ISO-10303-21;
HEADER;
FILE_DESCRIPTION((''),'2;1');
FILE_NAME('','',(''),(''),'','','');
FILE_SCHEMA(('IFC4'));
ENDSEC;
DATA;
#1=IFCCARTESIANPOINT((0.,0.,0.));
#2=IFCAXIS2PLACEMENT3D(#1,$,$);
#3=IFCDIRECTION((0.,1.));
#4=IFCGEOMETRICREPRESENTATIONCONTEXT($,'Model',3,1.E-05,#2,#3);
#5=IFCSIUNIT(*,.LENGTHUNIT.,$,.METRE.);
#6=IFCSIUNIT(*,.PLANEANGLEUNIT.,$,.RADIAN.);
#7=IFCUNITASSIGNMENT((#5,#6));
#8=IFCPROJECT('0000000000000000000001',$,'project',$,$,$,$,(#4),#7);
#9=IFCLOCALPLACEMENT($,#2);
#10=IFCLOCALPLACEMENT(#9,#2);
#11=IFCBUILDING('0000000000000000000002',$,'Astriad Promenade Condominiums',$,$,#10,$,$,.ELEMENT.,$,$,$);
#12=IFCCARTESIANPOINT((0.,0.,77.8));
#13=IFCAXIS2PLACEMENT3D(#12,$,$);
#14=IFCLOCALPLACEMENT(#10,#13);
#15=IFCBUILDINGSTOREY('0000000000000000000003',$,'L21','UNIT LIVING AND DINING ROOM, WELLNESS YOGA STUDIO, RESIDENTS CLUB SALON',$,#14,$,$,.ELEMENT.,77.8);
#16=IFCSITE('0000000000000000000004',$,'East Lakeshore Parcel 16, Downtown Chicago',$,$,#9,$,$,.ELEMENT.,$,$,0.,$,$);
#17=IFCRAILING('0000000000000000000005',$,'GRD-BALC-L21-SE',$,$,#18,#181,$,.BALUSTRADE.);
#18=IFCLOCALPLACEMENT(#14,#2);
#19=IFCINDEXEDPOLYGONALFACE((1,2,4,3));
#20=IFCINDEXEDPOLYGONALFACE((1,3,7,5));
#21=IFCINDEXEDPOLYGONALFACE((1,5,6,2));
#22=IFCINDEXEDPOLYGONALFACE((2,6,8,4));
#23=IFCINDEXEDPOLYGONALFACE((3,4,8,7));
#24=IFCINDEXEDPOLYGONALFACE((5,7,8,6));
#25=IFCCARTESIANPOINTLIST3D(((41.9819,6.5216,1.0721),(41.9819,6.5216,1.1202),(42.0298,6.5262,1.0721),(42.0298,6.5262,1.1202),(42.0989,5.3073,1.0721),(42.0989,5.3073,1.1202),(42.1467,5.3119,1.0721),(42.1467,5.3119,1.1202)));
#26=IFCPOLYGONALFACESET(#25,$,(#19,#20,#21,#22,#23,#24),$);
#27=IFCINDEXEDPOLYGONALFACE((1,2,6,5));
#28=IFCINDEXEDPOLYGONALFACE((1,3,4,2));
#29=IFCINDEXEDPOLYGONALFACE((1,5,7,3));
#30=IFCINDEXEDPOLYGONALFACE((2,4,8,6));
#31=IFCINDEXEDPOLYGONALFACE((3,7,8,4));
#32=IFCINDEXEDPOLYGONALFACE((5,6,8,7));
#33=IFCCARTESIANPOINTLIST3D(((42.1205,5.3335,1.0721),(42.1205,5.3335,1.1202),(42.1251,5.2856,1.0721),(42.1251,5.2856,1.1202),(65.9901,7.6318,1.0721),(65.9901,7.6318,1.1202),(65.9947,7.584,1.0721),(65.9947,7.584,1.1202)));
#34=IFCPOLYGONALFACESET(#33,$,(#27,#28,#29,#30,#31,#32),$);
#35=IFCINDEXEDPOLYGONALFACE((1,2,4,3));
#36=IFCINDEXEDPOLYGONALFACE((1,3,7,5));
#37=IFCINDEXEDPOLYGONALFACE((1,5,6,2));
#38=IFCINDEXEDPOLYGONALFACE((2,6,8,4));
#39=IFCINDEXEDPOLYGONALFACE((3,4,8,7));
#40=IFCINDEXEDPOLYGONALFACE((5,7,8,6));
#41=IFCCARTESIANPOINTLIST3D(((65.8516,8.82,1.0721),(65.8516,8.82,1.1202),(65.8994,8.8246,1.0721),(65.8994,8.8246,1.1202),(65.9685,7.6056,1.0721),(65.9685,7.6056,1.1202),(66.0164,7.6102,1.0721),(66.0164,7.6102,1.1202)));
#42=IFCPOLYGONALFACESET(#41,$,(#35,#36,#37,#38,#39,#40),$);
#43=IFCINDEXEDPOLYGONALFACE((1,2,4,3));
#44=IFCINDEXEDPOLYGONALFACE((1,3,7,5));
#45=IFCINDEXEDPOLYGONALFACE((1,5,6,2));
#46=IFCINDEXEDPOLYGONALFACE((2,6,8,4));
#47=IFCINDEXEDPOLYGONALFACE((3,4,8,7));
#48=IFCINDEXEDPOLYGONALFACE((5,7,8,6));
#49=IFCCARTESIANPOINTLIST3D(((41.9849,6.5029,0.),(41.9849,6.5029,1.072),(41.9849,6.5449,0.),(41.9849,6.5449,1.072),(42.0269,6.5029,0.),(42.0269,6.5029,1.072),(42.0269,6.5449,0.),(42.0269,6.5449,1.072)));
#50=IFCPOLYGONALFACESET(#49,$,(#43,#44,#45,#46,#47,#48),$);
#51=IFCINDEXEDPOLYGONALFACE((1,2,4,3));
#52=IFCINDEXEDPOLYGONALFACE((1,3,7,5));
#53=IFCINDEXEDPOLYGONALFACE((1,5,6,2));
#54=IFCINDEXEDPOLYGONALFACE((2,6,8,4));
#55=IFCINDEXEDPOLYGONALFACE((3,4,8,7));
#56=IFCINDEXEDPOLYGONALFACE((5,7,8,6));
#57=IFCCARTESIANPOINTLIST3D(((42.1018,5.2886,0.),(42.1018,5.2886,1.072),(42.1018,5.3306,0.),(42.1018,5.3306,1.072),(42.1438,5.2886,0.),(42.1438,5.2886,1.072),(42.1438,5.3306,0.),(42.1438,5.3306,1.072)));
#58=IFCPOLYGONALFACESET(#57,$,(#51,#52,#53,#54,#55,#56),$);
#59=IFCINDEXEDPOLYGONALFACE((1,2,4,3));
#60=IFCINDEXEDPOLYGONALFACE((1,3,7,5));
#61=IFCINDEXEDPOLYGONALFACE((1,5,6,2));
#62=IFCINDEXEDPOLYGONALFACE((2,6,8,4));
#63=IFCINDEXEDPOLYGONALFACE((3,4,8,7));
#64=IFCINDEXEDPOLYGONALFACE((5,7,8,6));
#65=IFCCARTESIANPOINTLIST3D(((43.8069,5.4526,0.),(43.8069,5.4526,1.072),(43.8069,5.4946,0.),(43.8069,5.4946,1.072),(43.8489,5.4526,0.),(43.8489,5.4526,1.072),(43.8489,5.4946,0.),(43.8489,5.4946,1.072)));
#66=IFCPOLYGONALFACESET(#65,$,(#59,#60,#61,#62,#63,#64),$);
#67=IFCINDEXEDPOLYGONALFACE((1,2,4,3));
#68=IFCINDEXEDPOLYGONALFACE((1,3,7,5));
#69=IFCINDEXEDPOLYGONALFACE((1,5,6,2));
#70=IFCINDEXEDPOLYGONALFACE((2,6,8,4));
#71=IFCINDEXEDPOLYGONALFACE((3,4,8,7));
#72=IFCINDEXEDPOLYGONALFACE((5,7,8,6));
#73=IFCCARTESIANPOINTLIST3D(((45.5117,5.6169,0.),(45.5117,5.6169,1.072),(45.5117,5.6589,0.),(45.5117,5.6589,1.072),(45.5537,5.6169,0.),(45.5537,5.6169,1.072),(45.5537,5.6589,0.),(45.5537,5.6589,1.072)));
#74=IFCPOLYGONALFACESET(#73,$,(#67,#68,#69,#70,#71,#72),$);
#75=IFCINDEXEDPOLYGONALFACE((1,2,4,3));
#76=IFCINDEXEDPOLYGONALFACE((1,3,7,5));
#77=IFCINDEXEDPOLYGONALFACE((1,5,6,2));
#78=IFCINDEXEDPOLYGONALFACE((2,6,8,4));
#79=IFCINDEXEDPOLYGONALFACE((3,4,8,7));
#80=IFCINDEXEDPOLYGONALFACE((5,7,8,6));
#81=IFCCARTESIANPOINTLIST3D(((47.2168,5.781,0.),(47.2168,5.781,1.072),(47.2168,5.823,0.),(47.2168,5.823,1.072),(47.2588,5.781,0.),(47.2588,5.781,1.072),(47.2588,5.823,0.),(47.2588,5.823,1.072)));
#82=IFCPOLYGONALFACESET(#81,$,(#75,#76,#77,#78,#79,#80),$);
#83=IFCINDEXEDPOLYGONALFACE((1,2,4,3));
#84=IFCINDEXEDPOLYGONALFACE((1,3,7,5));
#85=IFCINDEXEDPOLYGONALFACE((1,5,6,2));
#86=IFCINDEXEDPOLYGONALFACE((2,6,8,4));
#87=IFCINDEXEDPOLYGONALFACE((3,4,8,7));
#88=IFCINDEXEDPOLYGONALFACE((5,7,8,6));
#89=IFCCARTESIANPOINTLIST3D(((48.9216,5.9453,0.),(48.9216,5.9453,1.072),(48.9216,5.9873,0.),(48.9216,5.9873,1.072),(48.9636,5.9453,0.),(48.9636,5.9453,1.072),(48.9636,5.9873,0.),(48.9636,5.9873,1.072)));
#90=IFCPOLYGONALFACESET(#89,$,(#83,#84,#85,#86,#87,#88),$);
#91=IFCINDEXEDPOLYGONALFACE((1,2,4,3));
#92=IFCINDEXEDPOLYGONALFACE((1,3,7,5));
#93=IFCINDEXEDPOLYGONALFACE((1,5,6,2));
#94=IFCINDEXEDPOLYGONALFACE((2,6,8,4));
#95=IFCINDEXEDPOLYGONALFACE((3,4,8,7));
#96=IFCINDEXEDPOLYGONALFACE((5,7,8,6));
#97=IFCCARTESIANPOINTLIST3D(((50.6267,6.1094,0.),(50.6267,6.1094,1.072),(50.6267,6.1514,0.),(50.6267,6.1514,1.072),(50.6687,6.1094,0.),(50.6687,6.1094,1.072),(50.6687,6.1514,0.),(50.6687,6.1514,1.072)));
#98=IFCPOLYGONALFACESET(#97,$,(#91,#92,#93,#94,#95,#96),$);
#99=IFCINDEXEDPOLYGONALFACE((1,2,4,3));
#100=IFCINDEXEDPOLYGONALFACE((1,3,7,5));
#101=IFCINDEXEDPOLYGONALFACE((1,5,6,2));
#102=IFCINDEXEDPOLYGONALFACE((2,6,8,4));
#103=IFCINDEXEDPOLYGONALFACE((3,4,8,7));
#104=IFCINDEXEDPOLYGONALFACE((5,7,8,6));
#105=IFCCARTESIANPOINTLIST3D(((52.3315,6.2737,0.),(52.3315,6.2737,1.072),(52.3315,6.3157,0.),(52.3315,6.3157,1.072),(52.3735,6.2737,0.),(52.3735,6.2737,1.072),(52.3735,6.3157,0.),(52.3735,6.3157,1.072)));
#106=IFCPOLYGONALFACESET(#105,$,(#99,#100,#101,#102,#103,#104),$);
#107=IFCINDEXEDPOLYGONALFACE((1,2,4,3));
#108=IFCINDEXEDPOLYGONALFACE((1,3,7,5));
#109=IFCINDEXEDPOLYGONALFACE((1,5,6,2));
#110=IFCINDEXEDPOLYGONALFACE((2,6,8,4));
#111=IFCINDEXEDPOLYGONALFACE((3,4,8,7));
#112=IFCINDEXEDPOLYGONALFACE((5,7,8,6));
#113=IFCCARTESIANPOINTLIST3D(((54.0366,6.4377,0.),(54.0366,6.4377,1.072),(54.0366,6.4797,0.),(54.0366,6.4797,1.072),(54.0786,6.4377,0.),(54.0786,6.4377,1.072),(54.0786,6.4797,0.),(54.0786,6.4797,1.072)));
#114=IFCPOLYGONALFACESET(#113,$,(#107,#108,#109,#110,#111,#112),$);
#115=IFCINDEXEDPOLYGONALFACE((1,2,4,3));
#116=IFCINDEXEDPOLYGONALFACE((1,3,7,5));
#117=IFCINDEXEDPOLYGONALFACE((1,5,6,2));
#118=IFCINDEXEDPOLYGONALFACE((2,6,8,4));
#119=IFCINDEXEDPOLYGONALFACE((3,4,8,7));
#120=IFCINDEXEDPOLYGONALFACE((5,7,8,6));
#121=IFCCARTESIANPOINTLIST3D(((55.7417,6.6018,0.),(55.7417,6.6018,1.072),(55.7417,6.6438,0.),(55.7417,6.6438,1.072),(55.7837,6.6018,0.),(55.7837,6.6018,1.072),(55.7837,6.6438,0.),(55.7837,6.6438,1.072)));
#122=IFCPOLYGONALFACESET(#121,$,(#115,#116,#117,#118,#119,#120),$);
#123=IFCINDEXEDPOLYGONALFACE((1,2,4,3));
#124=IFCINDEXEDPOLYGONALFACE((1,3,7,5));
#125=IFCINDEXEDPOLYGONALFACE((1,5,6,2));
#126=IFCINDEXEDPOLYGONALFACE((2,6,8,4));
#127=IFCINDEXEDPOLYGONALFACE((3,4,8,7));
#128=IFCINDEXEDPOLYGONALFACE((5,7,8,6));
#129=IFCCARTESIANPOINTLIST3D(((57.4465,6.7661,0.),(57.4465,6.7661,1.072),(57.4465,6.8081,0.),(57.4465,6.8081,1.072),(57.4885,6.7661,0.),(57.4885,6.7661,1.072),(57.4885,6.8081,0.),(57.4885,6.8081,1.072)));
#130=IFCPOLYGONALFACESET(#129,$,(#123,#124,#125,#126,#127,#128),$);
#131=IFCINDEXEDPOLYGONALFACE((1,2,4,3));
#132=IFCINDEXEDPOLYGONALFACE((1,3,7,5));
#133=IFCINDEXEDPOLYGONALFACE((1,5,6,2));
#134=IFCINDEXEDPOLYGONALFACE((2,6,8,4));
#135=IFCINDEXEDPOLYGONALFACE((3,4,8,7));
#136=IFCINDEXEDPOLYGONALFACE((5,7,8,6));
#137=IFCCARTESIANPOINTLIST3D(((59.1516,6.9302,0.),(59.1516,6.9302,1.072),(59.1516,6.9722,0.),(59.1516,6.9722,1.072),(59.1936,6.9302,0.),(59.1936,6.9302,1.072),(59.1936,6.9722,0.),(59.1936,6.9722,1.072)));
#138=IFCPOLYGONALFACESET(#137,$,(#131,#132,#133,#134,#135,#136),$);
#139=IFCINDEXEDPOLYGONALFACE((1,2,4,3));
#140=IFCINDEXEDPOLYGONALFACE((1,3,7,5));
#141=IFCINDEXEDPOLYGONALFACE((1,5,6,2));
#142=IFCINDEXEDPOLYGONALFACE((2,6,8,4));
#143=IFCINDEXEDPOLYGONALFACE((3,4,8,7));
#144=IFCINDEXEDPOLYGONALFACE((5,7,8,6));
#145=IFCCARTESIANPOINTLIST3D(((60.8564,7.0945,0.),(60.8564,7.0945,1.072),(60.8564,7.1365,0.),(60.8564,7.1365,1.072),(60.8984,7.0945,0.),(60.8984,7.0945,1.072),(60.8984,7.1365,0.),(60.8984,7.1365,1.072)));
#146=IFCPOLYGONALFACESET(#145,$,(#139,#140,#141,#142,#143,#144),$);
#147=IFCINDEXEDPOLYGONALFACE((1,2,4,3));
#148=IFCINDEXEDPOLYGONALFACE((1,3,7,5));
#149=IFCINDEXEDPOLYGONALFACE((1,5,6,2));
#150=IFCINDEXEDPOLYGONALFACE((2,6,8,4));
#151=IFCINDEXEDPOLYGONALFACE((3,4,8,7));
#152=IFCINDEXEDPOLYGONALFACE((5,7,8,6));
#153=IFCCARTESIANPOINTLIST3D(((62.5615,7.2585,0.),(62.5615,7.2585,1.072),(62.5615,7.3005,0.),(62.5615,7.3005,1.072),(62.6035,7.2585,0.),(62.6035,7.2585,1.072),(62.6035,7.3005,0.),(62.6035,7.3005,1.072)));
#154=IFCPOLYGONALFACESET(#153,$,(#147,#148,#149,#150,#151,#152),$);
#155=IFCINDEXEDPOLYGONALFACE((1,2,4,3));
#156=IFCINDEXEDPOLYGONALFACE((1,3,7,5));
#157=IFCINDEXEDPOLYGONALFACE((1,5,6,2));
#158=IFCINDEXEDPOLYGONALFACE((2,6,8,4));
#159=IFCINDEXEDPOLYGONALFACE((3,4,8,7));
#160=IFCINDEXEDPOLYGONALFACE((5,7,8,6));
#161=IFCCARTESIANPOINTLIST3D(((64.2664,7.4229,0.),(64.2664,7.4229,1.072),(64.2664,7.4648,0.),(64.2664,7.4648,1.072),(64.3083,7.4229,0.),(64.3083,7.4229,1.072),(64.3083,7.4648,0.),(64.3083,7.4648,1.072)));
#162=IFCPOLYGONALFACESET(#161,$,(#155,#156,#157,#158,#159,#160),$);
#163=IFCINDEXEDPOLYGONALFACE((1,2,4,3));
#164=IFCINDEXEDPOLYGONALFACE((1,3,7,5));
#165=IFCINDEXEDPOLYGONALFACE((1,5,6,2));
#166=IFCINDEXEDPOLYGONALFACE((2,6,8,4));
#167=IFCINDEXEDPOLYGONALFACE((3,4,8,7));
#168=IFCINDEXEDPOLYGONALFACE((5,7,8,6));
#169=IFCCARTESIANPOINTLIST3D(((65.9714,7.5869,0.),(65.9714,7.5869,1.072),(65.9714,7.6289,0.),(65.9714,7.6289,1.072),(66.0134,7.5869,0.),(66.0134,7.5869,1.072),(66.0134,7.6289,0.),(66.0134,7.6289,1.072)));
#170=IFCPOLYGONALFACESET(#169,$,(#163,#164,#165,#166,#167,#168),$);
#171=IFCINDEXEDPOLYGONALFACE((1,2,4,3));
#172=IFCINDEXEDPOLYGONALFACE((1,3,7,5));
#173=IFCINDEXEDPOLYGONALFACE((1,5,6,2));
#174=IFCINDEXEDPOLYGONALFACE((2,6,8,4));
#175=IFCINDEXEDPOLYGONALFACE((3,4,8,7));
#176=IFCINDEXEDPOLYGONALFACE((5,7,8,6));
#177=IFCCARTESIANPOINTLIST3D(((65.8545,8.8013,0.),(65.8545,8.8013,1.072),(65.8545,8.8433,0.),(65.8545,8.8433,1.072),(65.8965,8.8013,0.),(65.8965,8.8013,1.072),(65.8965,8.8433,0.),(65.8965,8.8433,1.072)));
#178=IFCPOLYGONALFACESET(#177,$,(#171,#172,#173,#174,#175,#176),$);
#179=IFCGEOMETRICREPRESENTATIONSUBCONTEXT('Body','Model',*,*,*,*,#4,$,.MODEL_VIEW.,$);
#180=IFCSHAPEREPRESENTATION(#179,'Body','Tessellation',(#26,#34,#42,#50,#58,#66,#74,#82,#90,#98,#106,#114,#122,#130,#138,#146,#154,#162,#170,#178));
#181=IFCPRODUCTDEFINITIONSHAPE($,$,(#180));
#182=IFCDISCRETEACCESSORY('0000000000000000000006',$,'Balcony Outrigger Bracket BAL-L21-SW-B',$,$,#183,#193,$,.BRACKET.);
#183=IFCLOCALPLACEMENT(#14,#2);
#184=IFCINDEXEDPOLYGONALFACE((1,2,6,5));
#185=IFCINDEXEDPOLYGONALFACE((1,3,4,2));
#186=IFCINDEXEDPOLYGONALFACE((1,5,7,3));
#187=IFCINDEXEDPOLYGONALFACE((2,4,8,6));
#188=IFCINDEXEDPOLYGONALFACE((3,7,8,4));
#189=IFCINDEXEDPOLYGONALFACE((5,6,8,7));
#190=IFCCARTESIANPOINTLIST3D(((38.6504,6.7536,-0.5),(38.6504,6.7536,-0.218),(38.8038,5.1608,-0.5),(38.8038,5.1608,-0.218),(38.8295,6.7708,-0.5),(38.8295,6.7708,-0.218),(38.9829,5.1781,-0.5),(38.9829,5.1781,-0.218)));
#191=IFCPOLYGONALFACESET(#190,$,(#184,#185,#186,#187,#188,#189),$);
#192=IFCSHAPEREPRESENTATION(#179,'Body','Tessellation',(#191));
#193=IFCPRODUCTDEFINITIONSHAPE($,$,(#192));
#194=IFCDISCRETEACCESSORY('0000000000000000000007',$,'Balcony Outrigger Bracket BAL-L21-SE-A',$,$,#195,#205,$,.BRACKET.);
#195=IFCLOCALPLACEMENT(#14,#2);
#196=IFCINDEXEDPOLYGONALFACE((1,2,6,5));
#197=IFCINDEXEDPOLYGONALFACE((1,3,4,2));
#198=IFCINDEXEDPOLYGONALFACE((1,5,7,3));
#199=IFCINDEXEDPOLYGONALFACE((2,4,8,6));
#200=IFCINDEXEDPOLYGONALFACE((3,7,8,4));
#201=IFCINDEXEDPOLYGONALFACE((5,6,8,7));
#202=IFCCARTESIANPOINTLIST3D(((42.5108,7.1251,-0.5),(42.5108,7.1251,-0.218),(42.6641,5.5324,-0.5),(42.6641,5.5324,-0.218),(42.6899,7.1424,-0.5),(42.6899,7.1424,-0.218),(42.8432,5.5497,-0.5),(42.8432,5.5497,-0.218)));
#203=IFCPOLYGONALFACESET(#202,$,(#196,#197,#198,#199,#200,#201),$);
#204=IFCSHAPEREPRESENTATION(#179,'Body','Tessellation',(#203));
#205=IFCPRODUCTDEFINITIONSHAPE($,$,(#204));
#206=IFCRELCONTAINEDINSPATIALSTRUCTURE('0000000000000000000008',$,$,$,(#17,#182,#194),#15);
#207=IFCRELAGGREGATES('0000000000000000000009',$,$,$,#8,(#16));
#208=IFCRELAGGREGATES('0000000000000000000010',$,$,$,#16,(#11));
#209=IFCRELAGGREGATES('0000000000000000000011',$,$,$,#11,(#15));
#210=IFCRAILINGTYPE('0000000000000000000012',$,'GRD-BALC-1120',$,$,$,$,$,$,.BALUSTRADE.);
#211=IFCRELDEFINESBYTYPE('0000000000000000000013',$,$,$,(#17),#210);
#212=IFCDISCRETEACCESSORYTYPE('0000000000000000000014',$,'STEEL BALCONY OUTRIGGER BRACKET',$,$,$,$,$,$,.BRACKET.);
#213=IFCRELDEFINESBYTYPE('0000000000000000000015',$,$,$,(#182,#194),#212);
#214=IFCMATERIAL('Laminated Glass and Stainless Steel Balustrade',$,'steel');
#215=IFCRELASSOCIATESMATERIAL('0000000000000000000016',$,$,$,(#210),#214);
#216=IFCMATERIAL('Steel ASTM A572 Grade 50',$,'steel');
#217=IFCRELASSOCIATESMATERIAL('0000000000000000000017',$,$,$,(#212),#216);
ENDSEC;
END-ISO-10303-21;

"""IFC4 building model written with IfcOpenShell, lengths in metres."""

from ifc_helpers import new_model, si_unit, direction, frame, origin, origin_2d, place, context, subcontext, project, spatial, rectangle, extrude, source, transform, mapped, material, type_object, type_shapes, element, save


model = new_model("IFC4")

# Units and contexts
model_context = context("Model", 3, precision=1e-05, world=origin(), true_north=direction((0.0, 1.0)))
body_context = subcontext(model_context, "Body", "Model", "MODEL_VIEW")
ifc_project = project(units=[si_unit("LENGTHUNIT", "METRE"), si_unit("PLANEANGLEUNIT", "RADIAN")], contexts=[model_context])

# Site, building, storey
site_placement = place(None, origin())
site = spatial("IfcSite", under=ifc_project, at=site_placement, Name="East Lakeshore Parcel 16, Downtown Chicago", CompositionType="ELEMENT", RefElevation=0.0)
building_placement = place(site_placement, origin())
building = spatial("IfcBuilding", under=site, at=building_placement, Name="Astriad Promenade Condominiums", CompositionType="ELEMENT")
storey_placement = place(building_placement, frame((0.0, 0.0, 77.8)))
storey = spatial("IfcBuildingStorey", under=building, at=storey_placement, Name="L21", Description="UNIT LIVING AND DINING ROOM, WELLNESS YOGA STUDIO, RESIDENTS CLUB SALON", CompositionType="ELEMENT", Elevation=77.8)

# Railing
ifc_material_1 = material(Name="Laminated Glass and Stainless Steel Balustrade", Category="steel")
railing_type = type_object("IfcRailingType", Name="GRD-BALC-1120", PredefinedType="BALUSTRADE", material=ifc_material_1)
shared_shape_1 = source(origin(), body_context, "Body", "SweptSolid", [
    extrude(rectangle(XDim=0.0481, YDim=0.0481, at=origin_2d()), frame((0.0, 0.0, 1.0962), z_axis=(0.095857, -0.995395, 0.0), x_axis=(0.995395, 0.095857, 0.0)), (0.0, 0.0, 1.0), 1.22),
    extrude(rectangle(XDim=0.0481, YDim=0.0481, at=origin_2d()), frame((0.1169, -1.2144, 1.0962), z_axis=(0.995396, 0.095844, 0.0), x_axis=(-0.095844, 0.995396, 0.0)), (0.0, 0.0, 1.0), 23.98),
    extrude(rectangle(XDim=0.0481, YDim=0.0481, at=origin_2d()), frame((23.9866, 1.084, 1.0962), z_axis=(-0.095857, 0.995395, 0.0), x_axis=(-0.995395, -0.095857, 0.0)), (0.0, 0.0, 1.0), 1.22),
    extrude(rectangle(XDim=0.042, YDim=0.042, at=origin_2d()), origin(), (0.0, 0.0, 1.0), 1.072),
    extrude(rectangle(XDim=0.042, YDim=0.042, at=origin_2d()), frame((0.1169, -1.2144, 0.0)), (0.0, 0.0, 1.0), 1.072),
    extrude(rectangle(XDim=0.042, YDim=0.042, at=origin_2d()), frame((1.822, -1.0503, 0.0)), (0.0, 0.0, 1.0), 1.072),
    extrude(rectangle(XDim=0.042, YDim=0.042, at=origin_2d()), frame((3.5269, -0.886, 0.0)), (0.0, 0.0, 1.0), 1.072),
    extrude(rectangle(XDim=0.042, YDim=0.042, at=origin_2d()), frame((5.2319, -0.7219, 0.0)), (0.0, 0.0, 1.0), 1.072),
    extrude(rectangle(XDim=0.042, YDim=0.042, at=origin_2d()), frame((6.9368, -0.5576, 0.0)), (0.0, 0.0, 1.0), 1.072),
    extrude(rectangle(XDim=0.042, YDim=0.042, at=origin_2d()), frame((8.6418, -0.3936, 0.0)), (0.0, 0.0, 1.0), 1.072),
    extrude(rectangle(XDim=0.042, YDim=0.042, at=origin_2d()), frame((10.3467, -0.2292, 0.0)), (0.0, 0.0, 1.0), 1.072),
    extrude(rectangle(XDim=0.042, YDim=0.042, at=origin_2d()), frame((12.0518, -0.0652, 0.0)), (0.0, 0.0, 1.0), 1.072),
    extrude(rectangle(XDim=0.042, YDim=0.042, at=origin_2d()), frame((13.7568, 0.0989, 0.0)), (0.0, 0.0, 1.0), 1.072),
    extrude(rectangle(XDim=0.042, YDim=0.042, at=origin_2d()), frame((15.4617, 0.2632, 0.0)), (0.0, 0.0, 1.0), 1.072),
    extrude(rectangle(XDim=0.042, YDim=0.042, at=origin_2d()), frame((17.1667, 0.4272, 0.0)), (0.0, 0.0, 1.0), 1.072),
    extrude(rectangle(XDim=0.042, YDim=0.042, at=origin_2d()), frame((18.8716, 0.5916, 0.0)), (0.0, 0.0, 1.0), 1.072),
    extrude(rectangle(XDim=0.042, YDim=0.042, at=origin_2d()), frame((20.5767, 0.7556, 0.0)), (0.0, 0.0, 1.0), 1.072),
    extrude(rectangle(XDim=0.042, YDim=0.042, at=origin_2d()), frame((22.2815, 0.9199, 0.0)), (0.0, 0.0, 1.0), 1.072),
    extrude(rectangle(XDim=0.042, YDim=0.042, at=origin_2d()), frame((23.9866, 1.084, 0.0)), (0.0, 0.0, 1.0), 1.072),
    extrude(rectangle(XDim=0.042, YDim=0.042, at=origin_2d()), frame((23.8696, 2.2983, 0.0)), (0.0, 0.0, 1.0), 1.072),
])
type_shapes(railing_type, [shared_shape_1])
railing_placement = place(storey_placement, frame((42.0059, 6.5239, 0.0)))
element("IfcRailing", 1, at=railing_placement, inside=storey, type_object=railing_type, Name="GRD-BALC-L21-SE", PredefinedType="BALUSTRADE", context=body_context, shape_type="MappedRepresentation", body=[
    mapped(shared_shape_1, transform((0.0, 0.0, 0.0), scale=1.0)),
])

# Discrete accessories
ifc_material_2 = material(Name="Steel ASTM A572 Grade 50", Category="steel")
discrete_accessory_type = type_object("IfcDiscreteAccessoryType", Name="STEEL BALCONY OUTRIGGER BRACKET", PredefinedType="BRACKET", material=ifc_material_2)
shared_shape_2 = source(origin(), body_context, "Body", "SweptSolid", [
    extrude(rectangle(XDim=1.6001, YDim=0.1799, at=origin_2d()), origin(), (0.0, 0.0, 1.0), 0.282),
])
type_shapes(discrete_accessory_type, [shared_shape_2])
for number, where, z_axis, x_axis, name in (
    (2, (38.8167, 5.9658, -0.5), (0.0, 0.0, 1.0), (0.095846, -0.995396, 0.0), "Balcony Outrigger Bracket BAL-L21-SW-B"),
    (3, (42.677, 6.3374, -0.5), (0.0, 0.0, 1.0), (0.095846, -0.995396, 0.0), "Balcony Outrigger Bracket BAL-L21-SE-A"),
):
    element("IfcDiscreteAccessory", number, at=place(storey_placement, frame(where, z_axis=z_axis, x_axis=x_axis)), inside=storey, type_object=discrete_accessory_type, Name=name, PredefinedType="BRACKET", context=body_context, shape_type="MappedRepresentation", body=[
        mapped(shared_shape_2, transform((0.0, 0.0, 0.0), scale=1.0)),
    ])

save(model, "model.ifc")
